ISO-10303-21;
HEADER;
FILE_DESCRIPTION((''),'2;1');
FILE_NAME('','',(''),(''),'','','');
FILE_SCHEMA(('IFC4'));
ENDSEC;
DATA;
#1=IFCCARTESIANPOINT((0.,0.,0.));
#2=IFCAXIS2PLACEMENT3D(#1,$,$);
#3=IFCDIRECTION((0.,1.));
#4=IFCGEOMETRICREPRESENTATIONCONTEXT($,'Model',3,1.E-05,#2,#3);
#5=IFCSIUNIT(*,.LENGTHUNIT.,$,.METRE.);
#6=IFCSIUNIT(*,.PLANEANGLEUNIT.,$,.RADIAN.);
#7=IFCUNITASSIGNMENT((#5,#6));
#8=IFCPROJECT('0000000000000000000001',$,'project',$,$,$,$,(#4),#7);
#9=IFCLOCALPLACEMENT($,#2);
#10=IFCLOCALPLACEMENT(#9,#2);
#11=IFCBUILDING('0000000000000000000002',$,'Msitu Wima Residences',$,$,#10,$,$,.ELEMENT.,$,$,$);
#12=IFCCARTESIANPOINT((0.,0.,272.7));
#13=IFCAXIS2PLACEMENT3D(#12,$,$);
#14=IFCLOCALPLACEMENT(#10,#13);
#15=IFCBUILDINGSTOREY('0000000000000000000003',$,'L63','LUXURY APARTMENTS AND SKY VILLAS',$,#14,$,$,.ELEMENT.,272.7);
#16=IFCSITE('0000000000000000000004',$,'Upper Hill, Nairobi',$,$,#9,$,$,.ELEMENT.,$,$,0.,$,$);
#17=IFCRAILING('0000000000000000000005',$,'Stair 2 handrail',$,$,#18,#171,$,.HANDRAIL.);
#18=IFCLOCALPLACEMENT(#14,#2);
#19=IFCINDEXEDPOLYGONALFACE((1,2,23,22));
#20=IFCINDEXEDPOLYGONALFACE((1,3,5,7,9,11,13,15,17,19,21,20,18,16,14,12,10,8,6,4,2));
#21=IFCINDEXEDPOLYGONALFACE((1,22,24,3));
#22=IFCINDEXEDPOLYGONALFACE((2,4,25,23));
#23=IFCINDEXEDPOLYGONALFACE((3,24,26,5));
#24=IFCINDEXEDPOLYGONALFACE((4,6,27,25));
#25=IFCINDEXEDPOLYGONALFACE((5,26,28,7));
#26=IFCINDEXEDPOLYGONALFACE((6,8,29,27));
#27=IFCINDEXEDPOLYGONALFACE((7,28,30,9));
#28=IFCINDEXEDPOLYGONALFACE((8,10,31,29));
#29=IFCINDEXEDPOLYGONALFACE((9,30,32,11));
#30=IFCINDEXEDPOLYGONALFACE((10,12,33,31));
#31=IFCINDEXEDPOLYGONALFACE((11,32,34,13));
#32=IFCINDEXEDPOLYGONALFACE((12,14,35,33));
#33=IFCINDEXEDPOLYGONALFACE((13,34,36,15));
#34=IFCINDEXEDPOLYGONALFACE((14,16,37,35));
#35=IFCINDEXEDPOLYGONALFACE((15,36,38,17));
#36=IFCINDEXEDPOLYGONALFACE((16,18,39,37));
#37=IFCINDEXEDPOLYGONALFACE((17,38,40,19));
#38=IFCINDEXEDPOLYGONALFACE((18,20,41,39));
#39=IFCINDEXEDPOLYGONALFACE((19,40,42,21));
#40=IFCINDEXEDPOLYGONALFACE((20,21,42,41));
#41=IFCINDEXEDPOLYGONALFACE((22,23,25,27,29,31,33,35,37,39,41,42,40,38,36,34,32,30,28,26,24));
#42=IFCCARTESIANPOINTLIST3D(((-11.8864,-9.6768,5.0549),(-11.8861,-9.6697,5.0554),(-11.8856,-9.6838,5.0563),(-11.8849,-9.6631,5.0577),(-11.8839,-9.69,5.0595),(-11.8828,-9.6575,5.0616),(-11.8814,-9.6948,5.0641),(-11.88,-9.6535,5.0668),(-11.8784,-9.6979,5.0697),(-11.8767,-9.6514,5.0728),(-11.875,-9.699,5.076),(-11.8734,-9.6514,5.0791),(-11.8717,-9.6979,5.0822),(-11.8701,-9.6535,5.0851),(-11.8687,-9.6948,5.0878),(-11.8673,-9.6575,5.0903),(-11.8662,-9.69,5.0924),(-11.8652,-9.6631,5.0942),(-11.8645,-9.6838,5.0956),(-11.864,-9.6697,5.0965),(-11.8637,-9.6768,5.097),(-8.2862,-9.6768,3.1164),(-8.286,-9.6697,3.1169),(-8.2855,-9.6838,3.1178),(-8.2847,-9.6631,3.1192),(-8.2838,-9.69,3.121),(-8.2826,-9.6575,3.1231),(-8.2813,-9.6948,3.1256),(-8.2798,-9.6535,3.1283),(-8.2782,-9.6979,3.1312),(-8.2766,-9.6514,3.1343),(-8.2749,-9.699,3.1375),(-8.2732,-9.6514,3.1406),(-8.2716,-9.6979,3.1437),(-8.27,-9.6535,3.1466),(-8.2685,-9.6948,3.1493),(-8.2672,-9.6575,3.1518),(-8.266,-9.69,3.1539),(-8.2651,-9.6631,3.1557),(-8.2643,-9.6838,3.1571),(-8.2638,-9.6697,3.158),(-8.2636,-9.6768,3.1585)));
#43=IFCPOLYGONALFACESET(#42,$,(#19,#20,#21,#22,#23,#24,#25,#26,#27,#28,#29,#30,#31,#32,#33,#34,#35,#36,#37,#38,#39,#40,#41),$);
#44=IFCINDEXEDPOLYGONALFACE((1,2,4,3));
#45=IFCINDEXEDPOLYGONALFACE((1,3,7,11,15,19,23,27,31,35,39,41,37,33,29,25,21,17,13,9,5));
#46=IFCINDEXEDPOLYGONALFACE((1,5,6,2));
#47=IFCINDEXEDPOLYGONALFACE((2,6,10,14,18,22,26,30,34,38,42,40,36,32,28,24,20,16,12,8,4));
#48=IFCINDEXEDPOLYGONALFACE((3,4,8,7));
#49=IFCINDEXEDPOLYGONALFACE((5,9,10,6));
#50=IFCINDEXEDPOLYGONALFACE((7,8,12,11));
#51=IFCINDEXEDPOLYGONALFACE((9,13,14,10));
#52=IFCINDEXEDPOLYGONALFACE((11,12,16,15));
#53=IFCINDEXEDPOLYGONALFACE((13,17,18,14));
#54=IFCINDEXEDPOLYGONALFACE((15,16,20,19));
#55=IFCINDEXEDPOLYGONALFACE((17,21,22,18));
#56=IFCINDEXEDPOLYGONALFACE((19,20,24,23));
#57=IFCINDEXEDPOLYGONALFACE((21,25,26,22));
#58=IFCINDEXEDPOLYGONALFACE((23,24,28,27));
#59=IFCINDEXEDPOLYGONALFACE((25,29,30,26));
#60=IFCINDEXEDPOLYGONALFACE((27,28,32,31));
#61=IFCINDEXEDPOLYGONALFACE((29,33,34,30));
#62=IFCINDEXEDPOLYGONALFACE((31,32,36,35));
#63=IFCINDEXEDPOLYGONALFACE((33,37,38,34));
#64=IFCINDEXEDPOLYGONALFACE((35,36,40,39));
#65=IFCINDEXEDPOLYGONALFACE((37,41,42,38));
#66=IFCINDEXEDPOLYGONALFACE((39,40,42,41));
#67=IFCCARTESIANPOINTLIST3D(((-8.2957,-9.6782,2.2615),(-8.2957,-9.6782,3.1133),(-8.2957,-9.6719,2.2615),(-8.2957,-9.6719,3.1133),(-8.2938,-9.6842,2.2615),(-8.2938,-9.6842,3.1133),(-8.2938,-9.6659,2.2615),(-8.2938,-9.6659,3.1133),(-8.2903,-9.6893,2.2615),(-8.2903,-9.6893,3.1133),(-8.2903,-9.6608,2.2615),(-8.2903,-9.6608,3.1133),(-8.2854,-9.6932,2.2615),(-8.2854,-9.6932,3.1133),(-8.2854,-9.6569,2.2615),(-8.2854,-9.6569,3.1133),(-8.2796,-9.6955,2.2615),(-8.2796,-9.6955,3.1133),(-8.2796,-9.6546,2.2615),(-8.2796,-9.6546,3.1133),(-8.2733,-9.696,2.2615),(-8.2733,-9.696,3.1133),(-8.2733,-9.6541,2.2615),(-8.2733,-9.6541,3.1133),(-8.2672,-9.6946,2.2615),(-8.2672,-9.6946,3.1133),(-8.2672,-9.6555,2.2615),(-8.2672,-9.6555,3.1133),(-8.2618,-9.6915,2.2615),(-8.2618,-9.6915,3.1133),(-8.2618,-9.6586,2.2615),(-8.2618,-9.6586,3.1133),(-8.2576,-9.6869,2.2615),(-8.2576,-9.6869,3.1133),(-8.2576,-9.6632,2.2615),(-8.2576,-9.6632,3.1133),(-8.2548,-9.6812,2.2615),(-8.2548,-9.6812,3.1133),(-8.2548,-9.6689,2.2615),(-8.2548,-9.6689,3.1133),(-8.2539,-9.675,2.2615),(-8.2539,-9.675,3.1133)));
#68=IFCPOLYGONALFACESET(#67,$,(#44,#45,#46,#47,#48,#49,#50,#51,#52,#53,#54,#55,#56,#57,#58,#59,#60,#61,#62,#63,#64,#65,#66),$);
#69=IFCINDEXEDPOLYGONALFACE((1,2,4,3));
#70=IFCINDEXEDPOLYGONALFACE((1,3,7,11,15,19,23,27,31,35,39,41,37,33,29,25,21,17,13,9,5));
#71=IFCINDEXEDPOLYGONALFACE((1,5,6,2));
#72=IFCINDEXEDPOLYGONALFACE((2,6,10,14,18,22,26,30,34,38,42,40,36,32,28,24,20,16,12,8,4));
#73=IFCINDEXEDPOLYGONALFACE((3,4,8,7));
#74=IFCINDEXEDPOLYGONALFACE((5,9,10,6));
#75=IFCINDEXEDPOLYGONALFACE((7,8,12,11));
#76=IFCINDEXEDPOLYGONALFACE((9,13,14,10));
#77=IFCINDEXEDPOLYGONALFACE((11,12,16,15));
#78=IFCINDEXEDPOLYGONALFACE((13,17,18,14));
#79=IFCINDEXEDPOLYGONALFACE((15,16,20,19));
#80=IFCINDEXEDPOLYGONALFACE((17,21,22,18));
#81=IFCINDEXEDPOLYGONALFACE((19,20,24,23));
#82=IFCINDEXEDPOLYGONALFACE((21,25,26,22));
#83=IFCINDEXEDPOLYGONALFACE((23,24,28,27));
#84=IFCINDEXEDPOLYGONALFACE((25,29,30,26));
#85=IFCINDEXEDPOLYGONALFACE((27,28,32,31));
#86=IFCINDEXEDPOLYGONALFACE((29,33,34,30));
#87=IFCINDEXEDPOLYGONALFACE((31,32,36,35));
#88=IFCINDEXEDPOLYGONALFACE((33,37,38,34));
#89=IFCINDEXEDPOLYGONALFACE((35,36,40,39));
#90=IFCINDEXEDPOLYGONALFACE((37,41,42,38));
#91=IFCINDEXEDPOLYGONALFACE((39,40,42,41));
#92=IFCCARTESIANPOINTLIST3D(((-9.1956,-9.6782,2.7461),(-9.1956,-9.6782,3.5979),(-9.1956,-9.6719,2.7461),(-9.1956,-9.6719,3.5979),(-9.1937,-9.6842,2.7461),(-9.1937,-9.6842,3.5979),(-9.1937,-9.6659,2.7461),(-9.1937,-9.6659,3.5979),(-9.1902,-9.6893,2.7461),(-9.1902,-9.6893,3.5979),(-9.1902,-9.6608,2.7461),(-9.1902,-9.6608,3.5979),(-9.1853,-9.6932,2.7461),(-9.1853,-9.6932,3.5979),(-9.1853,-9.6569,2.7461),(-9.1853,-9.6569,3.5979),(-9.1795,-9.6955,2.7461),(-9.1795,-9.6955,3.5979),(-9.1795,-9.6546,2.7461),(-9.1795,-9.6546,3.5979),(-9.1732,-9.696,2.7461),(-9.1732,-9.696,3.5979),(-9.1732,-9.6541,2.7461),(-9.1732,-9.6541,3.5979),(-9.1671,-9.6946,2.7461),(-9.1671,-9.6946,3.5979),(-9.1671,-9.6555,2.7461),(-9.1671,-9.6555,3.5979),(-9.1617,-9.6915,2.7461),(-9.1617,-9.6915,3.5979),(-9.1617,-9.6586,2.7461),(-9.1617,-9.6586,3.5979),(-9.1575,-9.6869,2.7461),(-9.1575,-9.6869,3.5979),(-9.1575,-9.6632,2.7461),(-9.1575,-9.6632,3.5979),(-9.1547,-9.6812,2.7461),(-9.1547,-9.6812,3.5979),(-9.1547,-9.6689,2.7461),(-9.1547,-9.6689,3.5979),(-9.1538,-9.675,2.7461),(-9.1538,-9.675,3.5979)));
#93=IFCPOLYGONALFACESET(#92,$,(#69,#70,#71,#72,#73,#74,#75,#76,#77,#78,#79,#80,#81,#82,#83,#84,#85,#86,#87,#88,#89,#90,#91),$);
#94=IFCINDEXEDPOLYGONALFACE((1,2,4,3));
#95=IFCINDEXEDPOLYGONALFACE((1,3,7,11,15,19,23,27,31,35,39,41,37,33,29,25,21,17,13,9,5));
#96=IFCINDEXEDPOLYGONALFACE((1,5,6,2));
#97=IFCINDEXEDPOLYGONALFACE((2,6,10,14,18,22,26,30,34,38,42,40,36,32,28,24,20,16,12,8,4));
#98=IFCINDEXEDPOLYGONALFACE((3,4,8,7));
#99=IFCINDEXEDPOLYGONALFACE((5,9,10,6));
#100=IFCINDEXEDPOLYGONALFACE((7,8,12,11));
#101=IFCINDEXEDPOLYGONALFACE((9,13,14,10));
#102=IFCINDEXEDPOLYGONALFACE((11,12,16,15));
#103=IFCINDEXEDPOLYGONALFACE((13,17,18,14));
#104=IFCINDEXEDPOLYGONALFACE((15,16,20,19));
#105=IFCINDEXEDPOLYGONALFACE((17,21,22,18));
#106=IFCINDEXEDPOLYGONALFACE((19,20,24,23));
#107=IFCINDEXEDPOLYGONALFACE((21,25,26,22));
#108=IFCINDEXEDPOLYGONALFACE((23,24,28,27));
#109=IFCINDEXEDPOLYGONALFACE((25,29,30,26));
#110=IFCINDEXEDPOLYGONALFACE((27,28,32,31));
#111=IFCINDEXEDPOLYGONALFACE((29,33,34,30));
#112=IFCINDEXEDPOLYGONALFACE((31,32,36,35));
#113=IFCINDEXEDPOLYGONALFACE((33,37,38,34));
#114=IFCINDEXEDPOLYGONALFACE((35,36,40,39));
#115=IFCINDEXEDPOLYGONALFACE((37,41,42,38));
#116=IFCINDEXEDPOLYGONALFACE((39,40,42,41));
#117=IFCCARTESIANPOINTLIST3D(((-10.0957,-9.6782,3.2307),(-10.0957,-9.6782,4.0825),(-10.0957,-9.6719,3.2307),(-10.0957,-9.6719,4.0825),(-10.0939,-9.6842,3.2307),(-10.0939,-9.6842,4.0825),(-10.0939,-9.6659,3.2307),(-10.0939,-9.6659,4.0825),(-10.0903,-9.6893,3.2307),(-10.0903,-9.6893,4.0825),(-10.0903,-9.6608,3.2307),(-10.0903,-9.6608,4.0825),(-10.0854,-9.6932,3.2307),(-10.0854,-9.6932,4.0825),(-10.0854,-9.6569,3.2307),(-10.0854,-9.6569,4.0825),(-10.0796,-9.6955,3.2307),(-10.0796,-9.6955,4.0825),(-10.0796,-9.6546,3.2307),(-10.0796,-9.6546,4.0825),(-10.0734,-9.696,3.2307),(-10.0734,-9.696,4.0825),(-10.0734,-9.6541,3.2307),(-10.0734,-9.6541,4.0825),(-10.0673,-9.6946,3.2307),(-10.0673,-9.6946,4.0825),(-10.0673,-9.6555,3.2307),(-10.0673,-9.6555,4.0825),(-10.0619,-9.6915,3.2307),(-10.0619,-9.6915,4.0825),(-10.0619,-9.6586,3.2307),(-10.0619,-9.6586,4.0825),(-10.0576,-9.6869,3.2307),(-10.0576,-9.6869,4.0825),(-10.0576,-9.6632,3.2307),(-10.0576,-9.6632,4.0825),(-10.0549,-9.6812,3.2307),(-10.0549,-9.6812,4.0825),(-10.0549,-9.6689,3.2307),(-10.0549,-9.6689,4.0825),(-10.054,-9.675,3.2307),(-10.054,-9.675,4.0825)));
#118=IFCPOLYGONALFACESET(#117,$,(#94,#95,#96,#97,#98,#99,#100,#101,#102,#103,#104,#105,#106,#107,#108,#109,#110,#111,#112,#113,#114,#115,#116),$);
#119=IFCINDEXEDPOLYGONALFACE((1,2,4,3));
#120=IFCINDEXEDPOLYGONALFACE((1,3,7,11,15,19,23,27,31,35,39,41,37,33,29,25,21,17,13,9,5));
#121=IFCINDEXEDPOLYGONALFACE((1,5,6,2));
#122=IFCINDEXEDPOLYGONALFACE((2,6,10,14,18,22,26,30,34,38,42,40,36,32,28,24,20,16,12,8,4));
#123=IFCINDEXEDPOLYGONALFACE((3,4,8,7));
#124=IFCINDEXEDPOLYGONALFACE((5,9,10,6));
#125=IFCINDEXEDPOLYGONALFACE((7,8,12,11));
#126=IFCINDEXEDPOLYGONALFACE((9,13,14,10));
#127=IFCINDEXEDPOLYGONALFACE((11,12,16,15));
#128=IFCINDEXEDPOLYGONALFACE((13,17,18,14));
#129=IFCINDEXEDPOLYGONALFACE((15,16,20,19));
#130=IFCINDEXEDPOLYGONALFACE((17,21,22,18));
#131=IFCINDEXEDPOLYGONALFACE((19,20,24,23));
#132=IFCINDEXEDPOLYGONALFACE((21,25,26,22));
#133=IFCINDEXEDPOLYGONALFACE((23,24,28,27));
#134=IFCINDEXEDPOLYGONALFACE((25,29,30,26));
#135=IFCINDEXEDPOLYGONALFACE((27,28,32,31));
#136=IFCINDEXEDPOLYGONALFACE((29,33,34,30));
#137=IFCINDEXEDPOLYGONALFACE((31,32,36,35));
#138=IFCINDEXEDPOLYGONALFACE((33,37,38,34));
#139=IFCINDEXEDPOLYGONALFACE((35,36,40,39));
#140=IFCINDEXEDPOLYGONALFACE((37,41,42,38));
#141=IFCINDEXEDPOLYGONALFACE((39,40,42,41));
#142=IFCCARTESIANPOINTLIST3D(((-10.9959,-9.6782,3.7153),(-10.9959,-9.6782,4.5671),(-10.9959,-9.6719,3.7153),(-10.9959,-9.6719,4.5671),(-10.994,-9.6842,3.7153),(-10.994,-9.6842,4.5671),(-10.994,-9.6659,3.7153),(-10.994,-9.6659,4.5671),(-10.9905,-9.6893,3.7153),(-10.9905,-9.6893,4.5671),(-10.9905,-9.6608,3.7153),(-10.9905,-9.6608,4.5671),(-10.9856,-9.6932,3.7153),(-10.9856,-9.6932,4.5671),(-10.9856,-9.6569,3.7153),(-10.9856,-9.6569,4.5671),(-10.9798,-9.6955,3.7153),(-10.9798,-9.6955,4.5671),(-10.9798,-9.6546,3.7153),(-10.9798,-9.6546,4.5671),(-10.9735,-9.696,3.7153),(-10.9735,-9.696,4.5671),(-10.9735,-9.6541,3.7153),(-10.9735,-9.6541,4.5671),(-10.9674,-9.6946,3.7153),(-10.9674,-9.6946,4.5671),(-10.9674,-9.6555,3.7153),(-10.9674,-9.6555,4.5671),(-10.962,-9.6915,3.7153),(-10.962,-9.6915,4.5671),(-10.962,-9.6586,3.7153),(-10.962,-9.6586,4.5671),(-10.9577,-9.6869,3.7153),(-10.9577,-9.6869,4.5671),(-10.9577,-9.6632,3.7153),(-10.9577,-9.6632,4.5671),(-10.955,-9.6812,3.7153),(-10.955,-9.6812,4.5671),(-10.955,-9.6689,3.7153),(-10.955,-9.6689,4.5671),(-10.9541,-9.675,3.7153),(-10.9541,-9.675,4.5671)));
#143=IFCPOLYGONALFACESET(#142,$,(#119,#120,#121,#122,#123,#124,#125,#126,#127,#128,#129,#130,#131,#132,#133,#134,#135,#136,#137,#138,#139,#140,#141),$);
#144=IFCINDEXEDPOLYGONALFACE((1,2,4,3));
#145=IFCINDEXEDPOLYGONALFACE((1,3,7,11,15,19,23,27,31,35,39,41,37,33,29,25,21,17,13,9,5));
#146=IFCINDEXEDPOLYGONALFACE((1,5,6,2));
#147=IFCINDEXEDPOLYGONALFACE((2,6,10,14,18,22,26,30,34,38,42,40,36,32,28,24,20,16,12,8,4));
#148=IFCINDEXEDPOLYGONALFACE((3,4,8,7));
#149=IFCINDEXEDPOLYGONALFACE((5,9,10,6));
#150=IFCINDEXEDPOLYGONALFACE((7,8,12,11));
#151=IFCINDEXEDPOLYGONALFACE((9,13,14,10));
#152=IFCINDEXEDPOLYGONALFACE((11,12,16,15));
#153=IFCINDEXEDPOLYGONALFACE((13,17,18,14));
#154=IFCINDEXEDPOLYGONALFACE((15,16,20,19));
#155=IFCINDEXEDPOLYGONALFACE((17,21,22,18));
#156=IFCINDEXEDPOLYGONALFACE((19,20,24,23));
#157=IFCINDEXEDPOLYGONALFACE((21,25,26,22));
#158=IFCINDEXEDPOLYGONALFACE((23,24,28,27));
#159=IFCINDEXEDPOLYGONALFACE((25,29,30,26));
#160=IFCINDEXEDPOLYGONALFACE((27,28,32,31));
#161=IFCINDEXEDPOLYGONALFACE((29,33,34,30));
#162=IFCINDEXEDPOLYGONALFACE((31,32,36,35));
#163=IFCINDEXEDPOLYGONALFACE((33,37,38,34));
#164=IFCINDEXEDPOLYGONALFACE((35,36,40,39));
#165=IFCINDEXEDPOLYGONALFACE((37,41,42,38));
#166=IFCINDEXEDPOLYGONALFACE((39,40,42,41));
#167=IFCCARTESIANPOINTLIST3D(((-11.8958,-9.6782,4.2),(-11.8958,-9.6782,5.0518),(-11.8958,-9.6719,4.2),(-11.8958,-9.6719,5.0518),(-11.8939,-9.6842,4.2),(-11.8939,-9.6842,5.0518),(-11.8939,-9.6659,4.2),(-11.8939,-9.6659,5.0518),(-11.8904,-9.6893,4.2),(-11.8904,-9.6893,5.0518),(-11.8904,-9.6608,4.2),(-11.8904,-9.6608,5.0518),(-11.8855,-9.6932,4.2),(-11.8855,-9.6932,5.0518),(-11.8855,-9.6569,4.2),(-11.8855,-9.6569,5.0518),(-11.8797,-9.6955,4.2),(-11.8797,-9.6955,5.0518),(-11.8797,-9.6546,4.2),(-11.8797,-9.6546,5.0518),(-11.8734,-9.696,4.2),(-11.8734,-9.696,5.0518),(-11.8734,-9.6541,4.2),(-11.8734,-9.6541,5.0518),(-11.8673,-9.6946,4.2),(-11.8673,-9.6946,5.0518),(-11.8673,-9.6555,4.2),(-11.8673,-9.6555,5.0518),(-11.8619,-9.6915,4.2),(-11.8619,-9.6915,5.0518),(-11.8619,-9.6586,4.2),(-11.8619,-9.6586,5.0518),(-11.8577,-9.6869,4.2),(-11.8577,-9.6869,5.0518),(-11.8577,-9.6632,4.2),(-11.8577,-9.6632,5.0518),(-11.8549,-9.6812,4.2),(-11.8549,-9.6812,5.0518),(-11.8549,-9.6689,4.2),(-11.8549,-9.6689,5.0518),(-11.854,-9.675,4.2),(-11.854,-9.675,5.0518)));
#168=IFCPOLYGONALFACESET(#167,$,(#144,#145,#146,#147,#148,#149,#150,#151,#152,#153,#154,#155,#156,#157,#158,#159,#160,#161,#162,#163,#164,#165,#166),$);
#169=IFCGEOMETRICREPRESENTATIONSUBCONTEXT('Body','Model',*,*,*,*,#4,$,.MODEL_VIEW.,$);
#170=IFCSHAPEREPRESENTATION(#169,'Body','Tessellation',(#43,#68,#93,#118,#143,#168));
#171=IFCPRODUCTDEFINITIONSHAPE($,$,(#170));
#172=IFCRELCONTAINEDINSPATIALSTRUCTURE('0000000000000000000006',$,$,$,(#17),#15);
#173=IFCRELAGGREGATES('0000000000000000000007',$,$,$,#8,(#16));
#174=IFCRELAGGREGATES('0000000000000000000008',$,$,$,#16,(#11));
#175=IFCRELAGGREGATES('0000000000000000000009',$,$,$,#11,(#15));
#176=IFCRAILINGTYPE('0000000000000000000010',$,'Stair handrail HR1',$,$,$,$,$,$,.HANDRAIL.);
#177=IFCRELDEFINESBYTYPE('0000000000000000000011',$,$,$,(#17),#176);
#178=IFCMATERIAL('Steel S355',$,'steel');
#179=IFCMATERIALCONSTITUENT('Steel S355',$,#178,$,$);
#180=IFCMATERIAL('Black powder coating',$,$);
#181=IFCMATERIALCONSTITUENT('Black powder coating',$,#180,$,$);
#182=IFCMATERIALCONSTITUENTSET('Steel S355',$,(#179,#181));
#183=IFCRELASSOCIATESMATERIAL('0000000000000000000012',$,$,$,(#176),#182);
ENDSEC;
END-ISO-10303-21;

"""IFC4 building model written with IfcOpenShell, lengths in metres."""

from ifc_helpers import new_model, si_unit, direction, frame, origin, origin_2d, place, context, subcontext, project, spatial, circle, extrude, material, constituent, constituent_set, type_object, element, save


model = new_model("IFC4")

# Units and contexts
model_context = context("Model", 3, precision=1e-05, world=origin(), true_north=direction((0.0, 1.0)))
body_context = subcontext(model_context, "Body", "Model", "MODEL_VIEW")
ifc_project = project(units=[si_unit("LENGTHUNIT", "METRE"), si_unit("PLANEANGLEUNIT", "RADIAN")], contexts=[model_context])

# Site, building, storey
site_placement = place(None, origin())
site = spatial("IfcSite", under=ifc_project, at=site_placement, Name="Upper Hill, Nairobi", CompositionType="ELEMENT", RefElevation=0.0)
building_placement = place(site_placement, origin())
building = spatial("IfcBuilding", under=site, at=building_placement, Name="Msitu Wima Residences", CompositionType="ELEMENT")
storey_placement = place(building_placement, frame((0.0, 0.0, 272.7)))
storey = spatial("IfcBuildingStorey", under=building, at=storey_placement, Name="L63", Description="LUXURY APARTMENTS AND SKY VILLAS", CompositionType="ELEMENT", Elevation=272.7)

# Railing
ifc_material_1 = material(Name="Steel S355", Category="steel")
ifc_constituent_1 = constituent(ifc_material_1, Name="Steel S355")
ifc_material_2 = material(Name="Black powder coating")
ifc_constituent_2 = constituent(ifc_material_2, Name="Black powder coating")
ifc_constituent_set = constituent_set(constituents=[ifc_constituent_1, ifc_constituent_2], Name="Steel S355")
railing_type = type_object("IfcRailingType", Name="Stair handrail HR1", PredefinedType="HANDRAIL", material=ifc_constituent_set)
railing_placement = place(storey_placement, frame((-8.2749, -9.675, 2.2615)))
element("IfcRailing", 1, at=railing_placement, inside=storey, type_object=railing_type, Name="Stair 2 handrail", PredefinedType="HANDRAIL", context=body_context, shape_type="SweptSolid", body=[
    extrude(circle(Radius=0.0239, at=origin_2d()), frame((0.0, 0.0, 0.876), z_axis=(-0.880475, 0.0, 0.474093), x_axis=(0.0, -1.0, 0.0)), (0.0, 0.0, 1.0), 4.0889),
    extrude(circle(Radius=0.021, at=origin_2d()), origin(), (0.0, 0.0, 1.0), 0.8518),
    extrude(circle(Radius=0.021, at=origin_2d()), frame((-0.8999, 0.0, 0.4846)), (0.0, 0.0, 1.0), 0.8518),
    extrude(circle(Radius=0.021, at=origin_2d()), frame((-1.8, 0.0, 0.9692)), (0.0, 0.0, 1.0), 0.8518),
    extrude(circle(Radius=0.021, at=origin_2d()), frame((-2.7002, 0.0, 1.4539)), (0.0, 0.0, 1.0), 0.8518),
    extrude(circle(Radius=0.021, at=origin_2d()), frame((-3.6001, 0.0, 1.9385)), (0.0, 0.0, 1.0), 0.8518),
])

save(model, "model.ifc")
